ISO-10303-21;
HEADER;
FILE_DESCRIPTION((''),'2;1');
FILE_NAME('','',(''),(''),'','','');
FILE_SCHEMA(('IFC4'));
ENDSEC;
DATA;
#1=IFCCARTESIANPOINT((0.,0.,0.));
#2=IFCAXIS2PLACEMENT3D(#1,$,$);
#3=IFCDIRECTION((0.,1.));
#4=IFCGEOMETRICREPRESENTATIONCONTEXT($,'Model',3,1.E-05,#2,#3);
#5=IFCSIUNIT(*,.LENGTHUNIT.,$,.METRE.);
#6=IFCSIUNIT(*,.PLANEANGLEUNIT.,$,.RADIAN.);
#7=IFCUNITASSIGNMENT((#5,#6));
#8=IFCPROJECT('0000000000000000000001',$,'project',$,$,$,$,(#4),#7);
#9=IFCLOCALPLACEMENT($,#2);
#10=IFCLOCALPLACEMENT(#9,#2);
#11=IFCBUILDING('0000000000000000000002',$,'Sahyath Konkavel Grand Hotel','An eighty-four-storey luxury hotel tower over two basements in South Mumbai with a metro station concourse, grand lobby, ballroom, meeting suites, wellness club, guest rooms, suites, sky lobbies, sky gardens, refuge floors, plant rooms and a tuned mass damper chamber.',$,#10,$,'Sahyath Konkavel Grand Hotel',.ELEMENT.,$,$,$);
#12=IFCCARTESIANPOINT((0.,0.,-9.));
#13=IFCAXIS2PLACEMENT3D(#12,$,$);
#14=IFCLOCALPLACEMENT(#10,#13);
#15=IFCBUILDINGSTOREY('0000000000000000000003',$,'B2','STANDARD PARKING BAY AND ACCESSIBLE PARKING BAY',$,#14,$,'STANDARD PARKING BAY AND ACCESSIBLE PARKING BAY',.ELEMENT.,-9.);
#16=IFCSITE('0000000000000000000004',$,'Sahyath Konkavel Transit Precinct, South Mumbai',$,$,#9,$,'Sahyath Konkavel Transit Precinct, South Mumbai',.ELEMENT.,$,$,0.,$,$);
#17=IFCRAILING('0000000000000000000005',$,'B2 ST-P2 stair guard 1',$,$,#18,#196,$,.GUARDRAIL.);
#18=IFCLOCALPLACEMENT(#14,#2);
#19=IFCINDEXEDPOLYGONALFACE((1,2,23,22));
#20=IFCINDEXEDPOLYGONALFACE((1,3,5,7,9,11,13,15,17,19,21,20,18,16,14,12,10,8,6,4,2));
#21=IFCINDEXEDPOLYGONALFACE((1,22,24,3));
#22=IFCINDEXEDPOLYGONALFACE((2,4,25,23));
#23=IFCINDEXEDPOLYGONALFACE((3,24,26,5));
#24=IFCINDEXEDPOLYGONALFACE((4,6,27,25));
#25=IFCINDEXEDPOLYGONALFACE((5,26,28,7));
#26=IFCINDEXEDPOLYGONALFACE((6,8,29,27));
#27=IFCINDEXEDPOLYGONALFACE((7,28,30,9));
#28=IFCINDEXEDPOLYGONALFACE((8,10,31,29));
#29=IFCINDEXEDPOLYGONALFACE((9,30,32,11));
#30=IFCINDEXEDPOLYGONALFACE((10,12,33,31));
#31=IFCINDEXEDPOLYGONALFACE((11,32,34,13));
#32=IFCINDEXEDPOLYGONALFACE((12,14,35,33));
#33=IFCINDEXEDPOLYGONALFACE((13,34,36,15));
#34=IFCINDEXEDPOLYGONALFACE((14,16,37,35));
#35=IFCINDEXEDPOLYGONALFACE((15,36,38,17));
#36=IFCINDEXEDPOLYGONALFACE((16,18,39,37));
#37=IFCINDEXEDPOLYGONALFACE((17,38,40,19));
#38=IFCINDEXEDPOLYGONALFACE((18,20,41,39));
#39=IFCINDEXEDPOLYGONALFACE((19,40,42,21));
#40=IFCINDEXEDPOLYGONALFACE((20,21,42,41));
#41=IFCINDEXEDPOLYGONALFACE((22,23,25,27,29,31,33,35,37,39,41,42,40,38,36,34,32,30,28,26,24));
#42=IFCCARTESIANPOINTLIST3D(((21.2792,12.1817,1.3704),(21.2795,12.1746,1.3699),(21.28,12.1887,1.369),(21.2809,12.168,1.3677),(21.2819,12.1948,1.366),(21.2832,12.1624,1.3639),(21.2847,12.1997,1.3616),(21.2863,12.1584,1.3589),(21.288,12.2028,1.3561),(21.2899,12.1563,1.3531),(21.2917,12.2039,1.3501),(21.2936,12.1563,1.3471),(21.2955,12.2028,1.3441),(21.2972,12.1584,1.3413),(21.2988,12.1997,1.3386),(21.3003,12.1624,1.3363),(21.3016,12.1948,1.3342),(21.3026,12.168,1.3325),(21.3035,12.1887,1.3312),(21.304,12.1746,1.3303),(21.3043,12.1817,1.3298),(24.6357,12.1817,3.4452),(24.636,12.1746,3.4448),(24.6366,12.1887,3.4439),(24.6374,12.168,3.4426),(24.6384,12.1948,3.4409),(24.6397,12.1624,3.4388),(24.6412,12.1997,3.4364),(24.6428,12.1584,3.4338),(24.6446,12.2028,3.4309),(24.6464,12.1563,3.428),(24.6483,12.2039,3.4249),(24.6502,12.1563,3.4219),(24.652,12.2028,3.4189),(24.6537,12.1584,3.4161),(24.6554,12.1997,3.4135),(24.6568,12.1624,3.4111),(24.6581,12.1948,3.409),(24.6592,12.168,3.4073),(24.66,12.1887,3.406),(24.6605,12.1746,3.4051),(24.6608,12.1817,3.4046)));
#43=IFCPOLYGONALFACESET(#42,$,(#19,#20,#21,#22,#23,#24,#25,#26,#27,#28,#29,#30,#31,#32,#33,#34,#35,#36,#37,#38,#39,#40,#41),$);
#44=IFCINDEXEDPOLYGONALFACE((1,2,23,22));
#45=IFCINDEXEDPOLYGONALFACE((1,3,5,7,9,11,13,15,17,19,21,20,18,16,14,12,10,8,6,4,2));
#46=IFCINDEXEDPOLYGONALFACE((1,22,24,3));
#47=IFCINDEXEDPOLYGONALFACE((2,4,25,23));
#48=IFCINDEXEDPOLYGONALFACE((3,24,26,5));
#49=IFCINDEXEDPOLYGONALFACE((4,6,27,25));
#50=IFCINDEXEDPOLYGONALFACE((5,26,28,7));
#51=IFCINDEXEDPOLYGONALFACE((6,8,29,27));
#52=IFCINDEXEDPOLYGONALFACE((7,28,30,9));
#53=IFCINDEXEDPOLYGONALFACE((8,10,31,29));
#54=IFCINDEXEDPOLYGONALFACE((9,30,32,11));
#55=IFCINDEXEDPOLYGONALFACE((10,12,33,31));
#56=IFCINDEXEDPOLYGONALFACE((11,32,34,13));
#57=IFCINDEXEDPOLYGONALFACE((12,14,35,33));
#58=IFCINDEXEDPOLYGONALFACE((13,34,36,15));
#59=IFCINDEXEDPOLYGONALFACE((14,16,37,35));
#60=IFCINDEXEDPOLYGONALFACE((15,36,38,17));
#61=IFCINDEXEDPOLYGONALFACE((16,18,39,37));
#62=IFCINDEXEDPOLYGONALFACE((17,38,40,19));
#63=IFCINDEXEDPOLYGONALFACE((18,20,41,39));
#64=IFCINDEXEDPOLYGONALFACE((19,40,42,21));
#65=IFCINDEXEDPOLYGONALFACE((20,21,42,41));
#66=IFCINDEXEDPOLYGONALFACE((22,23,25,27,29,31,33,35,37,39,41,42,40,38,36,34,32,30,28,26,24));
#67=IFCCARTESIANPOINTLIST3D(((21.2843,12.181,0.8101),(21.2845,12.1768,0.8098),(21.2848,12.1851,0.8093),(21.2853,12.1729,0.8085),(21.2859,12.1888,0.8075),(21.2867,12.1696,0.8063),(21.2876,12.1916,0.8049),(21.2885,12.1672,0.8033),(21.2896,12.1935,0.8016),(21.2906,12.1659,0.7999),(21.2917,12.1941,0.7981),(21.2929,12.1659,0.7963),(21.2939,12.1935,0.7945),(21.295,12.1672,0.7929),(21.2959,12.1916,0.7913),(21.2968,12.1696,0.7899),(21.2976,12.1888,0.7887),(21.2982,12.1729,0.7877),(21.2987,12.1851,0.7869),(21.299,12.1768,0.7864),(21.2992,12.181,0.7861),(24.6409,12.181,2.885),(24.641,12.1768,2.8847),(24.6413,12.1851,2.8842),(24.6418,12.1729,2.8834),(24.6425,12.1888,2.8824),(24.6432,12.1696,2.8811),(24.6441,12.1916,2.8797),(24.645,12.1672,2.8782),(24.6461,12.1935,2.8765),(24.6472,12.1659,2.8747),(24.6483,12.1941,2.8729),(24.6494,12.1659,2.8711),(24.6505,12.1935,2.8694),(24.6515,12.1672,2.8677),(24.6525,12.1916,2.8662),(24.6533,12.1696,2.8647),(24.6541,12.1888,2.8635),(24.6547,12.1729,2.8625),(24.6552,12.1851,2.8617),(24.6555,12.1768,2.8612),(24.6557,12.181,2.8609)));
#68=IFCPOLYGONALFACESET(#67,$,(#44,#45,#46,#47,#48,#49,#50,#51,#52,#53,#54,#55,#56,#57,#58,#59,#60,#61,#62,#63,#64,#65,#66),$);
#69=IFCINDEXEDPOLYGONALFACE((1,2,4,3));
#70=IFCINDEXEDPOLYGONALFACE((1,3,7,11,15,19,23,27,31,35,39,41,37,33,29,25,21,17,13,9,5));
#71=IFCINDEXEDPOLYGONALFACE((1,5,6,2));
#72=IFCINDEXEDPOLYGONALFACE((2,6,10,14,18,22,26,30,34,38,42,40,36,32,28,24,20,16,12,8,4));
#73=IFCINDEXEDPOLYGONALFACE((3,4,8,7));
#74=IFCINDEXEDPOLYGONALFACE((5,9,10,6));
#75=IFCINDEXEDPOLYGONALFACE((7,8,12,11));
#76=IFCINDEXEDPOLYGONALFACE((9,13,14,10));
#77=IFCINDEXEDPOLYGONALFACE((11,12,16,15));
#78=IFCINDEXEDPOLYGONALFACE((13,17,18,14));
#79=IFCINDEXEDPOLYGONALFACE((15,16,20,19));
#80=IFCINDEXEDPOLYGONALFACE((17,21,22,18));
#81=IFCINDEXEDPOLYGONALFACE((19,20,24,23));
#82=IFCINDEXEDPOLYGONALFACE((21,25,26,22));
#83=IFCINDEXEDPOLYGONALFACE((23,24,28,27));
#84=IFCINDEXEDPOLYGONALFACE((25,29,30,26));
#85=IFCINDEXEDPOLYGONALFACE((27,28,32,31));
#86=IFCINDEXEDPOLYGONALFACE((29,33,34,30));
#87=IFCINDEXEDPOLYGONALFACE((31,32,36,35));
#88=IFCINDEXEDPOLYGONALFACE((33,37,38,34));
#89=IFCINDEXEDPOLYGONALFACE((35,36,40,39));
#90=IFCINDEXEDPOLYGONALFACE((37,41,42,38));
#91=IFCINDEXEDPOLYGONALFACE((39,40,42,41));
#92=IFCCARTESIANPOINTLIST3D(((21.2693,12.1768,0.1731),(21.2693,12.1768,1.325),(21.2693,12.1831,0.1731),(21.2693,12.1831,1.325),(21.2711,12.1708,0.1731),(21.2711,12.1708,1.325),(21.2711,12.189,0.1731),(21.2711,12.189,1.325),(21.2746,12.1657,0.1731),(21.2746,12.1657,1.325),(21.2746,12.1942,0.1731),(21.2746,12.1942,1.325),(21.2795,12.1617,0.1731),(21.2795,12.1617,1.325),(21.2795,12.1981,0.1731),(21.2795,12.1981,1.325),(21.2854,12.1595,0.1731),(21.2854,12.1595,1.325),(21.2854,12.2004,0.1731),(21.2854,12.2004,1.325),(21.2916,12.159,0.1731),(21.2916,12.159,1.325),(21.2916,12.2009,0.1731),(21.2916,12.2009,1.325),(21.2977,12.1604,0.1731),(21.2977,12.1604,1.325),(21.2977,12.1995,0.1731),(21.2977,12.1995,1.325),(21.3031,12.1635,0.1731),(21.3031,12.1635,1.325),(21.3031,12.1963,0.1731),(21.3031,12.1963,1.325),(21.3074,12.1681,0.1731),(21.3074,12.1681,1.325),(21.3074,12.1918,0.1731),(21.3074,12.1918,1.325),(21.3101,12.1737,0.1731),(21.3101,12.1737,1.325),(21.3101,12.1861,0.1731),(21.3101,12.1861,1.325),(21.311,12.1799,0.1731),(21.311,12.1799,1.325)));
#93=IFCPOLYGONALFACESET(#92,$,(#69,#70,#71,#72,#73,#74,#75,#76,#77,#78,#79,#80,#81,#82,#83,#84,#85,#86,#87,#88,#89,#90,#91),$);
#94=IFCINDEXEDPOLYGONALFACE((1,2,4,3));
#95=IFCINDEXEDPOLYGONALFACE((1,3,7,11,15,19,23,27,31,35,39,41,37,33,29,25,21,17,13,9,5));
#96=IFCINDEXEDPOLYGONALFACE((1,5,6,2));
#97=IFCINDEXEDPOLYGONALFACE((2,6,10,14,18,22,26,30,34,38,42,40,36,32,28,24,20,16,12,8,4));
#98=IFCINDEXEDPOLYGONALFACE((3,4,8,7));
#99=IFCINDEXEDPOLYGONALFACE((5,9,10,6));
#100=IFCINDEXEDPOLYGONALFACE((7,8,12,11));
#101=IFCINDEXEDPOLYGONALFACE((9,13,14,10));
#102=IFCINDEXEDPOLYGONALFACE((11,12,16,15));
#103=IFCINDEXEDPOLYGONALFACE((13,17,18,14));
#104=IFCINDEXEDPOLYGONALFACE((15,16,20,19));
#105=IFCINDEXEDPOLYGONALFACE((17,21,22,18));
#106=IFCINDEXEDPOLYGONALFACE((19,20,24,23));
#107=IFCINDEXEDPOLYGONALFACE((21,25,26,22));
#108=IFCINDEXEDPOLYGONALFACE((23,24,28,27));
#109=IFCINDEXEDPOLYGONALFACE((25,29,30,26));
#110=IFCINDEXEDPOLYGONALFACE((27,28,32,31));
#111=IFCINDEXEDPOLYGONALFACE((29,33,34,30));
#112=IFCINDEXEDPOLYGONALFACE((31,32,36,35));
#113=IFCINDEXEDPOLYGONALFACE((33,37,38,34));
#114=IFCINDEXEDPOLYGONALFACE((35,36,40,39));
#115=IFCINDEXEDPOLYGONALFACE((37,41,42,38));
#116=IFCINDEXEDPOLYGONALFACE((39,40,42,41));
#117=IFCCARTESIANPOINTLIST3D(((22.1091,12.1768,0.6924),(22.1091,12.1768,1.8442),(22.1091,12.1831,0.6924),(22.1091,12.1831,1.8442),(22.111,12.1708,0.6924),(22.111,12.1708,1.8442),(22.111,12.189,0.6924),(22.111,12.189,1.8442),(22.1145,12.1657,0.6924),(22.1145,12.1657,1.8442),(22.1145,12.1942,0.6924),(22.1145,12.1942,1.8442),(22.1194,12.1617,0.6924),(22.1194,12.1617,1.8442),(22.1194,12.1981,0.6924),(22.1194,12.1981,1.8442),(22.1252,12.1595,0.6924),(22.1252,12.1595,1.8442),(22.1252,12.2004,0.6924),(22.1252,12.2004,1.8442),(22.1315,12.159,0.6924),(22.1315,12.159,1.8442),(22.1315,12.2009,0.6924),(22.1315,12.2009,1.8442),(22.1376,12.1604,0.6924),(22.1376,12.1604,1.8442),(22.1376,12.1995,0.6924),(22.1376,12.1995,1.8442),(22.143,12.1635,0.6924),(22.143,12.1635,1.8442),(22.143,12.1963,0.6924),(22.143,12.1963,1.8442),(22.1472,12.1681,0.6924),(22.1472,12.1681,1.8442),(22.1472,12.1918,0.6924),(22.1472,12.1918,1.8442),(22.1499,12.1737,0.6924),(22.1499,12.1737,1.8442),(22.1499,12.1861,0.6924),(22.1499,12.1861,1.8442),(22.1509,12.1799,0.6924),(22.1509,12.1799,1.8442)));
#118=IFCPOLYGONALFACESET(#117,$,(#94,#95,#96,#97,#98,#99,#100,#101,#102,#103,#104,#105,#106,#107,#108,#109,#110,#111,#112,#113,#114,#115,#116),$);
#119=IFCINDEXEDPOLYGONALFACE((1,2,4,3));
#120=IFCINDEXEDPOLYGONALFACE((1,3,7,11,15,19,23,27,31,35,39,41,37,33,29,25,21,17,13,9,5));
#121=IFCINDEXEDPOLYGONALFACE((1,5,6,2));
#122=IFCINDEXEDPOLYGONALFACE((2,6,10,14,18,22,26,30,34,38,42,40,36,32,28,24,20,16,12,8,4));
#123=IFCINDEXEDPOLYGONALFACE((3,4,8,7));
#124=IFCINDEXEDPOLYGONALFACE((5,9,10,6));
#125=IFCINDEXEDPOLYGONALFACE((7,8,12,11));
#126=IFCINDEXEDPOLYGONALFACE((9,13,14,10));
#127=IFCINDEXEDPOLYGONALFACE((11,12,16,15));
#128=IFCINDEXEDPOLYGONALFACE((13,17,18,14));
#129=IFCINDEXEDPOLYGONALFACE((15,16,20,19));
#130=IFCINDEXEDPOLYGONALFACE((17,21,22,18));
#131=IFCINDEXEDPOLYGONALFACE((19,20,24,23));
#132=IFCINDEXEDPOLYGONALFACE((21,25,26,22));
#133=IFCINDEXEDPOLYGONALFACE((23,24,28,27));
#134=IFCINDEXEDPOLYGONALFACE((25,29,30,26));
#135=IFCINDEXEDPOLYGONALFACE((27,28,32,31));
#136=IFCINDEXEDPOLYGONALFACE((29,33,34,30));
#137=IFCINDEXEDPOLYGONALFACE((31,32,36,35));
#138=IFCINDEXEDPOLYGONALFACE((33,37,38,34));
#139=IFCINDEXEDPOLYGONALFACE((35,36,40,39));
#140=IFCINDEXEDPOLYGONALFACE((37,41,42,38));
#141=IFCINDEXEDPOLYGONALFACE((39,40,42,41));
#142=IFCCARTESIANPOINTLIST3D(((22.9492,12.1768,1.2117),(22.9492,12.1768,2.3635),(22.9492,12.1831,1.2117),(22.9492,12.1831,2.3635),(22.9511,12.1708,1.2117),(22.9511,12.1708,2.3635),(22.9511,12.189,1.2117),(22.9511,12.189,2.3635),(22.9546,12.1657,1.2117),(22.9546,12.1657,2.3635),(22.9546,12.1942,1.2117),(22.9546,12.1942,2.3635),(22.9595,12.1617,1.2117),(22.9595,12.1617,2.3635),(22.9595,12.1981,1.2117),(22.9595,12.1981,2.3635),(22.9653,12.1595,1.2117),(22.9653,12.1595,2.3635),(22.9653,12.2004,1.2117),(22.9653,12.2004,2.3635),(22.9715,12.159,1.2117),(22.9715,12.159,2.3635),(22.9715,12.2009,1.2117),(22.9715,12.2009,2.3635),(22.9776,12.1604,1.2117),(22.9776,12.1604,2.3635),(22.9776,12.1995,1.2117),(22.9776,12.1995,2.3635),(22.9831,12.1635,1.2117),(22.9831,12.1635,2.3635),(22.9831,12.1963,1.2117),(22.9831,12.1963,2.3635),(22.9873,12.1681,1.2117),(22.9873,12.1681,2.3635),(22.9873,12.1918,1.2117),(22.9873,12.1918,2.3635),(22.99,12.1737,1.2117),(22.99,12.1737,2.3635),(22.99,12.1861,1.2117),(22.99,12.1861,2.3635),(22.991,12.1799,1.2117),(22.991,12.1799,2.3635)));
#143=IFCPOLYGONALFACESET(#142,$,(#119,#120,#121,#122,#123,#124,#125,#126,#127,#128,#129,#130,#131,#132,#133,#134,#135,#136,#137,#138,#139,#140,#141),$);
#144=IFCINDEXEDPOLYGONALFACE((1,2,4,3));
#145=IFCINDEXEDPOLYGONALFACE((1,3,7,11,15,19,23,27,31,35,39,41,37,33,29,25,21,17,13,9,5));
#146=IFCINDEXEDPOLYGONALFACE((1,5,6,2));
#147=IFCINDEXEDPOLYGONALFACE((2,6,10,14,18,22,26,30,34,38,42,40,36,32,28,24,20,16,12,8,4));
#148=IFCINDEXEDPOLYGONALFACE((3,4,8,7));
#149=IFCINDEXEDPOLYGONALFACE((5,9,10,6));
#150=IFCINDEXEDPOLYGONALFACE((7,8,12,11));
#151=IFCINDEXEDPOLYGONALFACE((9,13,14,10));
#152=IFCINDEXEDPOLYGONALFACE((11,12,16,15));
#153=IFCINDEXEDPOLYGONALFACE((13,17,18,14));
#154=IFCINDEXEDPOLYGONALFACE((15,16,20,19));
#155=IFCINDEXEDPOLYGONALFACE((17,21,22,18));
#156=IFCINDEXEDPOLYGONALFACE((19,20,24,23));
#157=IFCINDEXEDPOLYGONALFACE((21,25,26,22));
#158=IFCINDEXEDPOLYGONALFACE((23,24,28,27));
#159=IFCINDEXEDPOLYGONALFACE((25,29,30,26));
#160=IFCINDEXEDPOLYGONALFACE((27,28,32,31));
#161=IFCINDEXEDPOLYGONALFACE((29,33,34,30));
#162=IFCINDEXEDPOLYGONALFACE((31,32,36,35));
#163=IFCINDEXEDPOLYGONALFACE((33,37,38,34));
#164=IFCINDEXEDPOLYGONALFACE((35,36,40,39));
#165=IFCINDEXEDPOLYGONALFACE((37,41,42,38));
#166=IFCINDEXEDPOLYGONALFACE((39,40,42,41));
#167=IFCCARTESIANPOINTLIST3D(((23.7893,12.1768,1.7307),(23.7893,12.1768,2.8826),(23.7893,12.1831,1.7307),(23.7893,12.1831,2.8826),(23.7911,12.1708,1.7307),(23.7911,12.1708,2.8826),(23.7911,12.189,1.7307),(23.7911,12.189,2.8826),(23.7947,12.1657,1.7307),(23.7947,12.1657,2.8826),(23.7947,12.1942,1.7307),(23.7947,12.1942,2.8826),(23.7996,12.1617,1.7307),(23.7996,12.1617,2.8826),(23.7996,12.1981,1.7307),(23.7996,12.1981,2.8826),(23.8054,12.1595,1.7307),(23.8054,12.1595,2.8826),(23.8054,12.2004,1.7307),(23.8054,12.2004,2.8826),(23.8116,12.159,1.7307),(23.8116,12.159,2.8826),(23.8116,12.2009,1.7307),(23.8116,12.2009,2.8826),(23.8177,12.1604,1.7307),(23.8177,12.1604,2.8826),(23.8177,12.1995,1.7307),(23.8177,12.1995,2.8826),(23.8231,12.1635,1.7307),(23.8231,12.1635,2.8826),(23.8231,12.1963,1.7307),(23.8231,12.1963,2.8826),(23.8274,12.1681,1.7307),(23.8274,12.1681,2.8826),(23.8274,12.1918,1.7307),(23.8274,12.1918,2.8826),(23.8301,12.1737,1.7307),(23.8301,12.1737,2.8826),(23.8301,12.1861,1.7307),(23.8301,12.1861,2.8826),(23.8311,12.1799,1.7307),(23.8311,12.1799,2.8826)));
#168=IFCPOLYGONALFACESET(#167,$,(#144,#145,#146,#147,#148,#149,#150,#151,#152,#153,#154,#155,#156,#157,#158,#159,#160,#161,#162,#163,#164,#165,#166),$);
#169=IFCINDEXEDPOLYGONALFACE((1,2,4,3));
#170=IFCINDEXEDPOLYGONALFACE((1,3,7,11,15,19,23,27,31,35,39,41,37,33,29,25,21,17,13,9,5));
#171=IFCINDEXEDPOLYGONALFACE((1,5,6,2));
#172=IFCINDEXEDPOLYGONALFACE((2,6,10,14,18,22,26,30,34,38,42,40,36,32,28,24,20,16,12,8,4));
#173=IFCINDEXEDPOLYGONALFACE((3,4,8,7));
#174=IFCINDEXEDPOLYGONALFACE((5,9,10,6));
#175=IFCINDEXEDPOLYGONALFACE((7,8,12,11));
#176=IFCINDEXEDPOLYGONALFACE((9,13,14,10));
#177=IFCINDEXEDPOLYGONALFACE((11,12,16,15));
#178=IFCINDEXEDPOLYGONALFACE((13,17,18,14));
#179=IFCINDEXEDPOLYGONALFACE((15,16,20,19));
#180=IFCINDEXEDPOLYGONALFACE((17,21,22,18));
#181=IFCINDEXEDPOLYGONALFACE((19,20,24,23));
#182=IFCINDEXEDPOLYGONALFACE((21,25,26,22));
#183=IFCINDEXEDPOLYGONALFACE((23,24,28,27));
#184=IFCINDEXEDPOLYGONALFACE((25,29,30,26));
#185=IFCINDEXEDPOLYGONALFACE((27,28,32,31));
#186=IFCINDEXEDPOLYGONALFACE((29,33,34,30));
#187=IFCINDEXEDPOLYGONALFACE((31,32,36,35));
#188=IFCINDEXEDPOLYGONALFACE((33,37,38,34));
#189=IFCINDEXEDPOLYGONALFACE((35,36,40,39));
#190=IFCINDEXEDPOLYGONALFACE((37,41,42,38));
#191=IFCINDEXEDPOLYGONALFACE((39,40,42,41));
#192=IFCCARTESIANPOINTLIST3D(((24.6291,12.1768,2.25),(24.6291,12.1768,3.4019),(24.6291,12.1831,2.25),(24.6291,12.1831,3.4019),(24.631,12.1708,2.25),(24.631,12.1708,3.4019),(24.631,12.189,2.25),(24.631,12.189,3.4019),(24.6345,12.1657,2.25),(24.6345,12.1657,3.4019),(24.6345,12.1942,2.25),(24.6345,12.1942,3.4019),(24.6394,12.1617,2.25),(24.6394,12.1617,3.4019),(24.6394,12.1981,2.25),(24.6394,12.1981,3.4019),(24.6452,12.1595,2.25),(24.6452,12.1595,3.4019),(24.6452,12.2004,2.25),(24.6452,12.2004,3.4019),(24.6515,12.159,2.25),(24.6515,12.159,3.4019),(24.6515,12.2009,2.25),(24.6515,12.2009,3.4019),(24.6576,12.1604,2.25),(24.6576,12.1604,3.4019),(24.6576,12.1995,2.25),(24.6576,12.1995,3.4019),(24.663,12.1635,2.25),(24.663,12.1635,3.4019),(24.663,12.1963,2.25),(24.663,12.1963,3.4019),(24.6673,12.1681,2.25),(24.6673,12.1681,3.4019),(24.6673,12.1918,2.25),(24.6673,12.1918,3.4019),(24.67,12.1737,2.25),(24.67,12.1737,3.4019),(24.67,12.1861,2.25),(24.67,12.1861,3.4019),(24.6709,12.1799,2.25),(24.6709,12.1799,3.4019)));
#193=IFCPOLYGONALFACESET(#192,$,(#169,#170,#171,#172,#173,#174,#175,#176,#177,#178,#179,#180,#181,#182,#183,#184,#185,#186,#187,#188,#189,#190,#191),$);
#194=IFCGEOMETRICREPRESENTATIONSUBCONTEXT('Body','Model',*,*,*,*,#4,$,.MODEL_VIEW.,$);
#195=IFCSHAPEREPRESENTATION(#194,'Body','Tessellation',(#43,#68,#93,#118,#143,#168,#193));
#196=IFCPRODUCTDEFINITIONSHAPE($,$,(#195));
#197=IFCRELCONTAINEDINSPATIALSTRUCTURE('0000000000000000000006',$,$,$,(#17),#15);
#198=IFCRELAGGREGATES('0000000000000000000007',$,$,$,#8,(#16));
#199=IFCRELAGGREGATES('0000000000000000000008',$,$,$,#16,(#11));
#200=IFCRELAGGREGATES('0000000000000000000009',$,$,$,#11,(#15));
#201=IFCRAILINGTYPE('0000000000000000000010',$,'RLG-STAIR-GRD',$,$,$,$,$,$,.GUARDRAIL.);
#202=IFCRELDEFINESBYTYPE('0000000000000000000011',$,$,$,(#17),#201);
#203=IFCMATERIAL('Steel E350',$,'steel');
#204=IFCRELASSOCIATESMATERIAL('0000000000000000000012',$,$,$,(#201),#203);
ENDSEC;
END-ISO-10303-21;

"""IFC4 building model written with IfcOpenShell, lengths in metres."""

from ifc_helpers import new_model, si_unit, direction, frame, origin, origin_2d, place, context, subcontext, project, spatial, circle, extrude, material, type_object, element, save


model = new_model("IFC4")

# Units and contexts
model_context = context("Model", 3, precision=1e-05, world=origin(), true_north=direction((0.0, 1.0)))
body_context = subcontext(model_context, "Body", "Model", "MODEL_VIEW")
ifc_project = project(units=[si_unit("LENGTHUNIT", "METRE"), si_unit("PLANEANGLEUNIT", "RADIAN")], contexts=[model_context])

# Site, building, storey
site_placement = place(None, origin())
site = spatial("IfcSite", under=ifc_project, at=site_placement, Name="Sahyath Konkavel Transit Precinct, South Mumbai", LongName="Sahyath Konkavel Transit Precinct, South Mumbai", CompositionType="ELEMENT", RefElevation=0.0)
building_placement = place(site_placement, origin())
building = spatial("IfcBuilding", under=site, at=building_placement, Name="Sahyath Konkavel Grand Hotel", Description="An eighty-four-storey luxury hotel tower over two basements in South Mumbai with a metro station concourse, grand lobby, ballroom, meeting suites, wellness club, guest rooms, suites, sky lobbies, sky gardens, refuge floors, plant rooms and a tuned mass damper chamber.", LongName="Sahyath Konkavel Grand Hotel", CompositionType="ELEMENT")
storey_placement = place(building_placement, frame((0.0, 0.0, -9.0)))
storey = spatial("IfcBuildingStorey", under=building, at=storey_placement, Name="B2", Description="STANDARD PARKING BAY AND ACCESSIBLE PARKING BAY", LongName="STANDARD PARKING BAY AND ACCESSIBLE PARKING BAY", CompositionType="ELEMENT", Elevation=-9.0)

# Shared definitions
ifc_material_1 = material(Name="Steel E350", Category="steel")

# Railing
railing_type_1 = type_object("IfcRailingType", Name="RLG-STAIR-GRD", PredefinedType="GUARDRAIL", material=ifc_material_1)
railing_1_placement = place(storey_placement, frame((21.29, 12.1799, 0.1731)))
element("IfcRailing", 1, at=railing_1_placement, inside=storey, type_object=railing_type_1, Name="B2 ST-P2 stair guard 1", PredefinedType="GUARDRAIL", context=body_context, shape_type="SweptSolid", body=[
    extrude(circle(Radius=0.0239, at=origin_2d()), frame((0.0017, 0.0, 1.177), z_axis=(0.850606, 0.0, 0.525803), x_axis=(0.0, 1.0, 0.0)), (0.0, 0.0, 1.0), 3.946),
    extrude(circle(Radius=0.0142, at=origin_2d()), frame((0.0017, 0.0, 0.625), z_axis=(0.850606, 0.0, 0.525803), x_axis=(0.0, 1.0, 0.0)), (0.0, 0.0, 1.0), 3.946),
    extrude(circle(Radius=0.021, at=origin_2d()), origin(), (0.0, 0.0, 1.0), 1.1519),
    extrude(circle(Radius=0.021, at=origin_2d()), frame((0.8398, 0.0, 0.5193)), (0.0, 0.0, 1.0), 1.1519),
    extrude(circle(Radius=0.021, at=origin_2d()), frame((1.6799, 0.0, 1.0386)), (0.0, 0.0, 1.0), 1.1519),
    extrude(circle(Radius=0.021, at=origin_2d()), frame((2.52, 0.0, 1.5576)), (0.0, 0.0, 1.0), 1.1519),
    extrude(circle(Radius=0.021, at=origin_2d()), frame((3.3599, 0.0, 2.0769)), (0.0, 0.0, 1.0), 1.1519),
])

save(model, "model.ifc")
